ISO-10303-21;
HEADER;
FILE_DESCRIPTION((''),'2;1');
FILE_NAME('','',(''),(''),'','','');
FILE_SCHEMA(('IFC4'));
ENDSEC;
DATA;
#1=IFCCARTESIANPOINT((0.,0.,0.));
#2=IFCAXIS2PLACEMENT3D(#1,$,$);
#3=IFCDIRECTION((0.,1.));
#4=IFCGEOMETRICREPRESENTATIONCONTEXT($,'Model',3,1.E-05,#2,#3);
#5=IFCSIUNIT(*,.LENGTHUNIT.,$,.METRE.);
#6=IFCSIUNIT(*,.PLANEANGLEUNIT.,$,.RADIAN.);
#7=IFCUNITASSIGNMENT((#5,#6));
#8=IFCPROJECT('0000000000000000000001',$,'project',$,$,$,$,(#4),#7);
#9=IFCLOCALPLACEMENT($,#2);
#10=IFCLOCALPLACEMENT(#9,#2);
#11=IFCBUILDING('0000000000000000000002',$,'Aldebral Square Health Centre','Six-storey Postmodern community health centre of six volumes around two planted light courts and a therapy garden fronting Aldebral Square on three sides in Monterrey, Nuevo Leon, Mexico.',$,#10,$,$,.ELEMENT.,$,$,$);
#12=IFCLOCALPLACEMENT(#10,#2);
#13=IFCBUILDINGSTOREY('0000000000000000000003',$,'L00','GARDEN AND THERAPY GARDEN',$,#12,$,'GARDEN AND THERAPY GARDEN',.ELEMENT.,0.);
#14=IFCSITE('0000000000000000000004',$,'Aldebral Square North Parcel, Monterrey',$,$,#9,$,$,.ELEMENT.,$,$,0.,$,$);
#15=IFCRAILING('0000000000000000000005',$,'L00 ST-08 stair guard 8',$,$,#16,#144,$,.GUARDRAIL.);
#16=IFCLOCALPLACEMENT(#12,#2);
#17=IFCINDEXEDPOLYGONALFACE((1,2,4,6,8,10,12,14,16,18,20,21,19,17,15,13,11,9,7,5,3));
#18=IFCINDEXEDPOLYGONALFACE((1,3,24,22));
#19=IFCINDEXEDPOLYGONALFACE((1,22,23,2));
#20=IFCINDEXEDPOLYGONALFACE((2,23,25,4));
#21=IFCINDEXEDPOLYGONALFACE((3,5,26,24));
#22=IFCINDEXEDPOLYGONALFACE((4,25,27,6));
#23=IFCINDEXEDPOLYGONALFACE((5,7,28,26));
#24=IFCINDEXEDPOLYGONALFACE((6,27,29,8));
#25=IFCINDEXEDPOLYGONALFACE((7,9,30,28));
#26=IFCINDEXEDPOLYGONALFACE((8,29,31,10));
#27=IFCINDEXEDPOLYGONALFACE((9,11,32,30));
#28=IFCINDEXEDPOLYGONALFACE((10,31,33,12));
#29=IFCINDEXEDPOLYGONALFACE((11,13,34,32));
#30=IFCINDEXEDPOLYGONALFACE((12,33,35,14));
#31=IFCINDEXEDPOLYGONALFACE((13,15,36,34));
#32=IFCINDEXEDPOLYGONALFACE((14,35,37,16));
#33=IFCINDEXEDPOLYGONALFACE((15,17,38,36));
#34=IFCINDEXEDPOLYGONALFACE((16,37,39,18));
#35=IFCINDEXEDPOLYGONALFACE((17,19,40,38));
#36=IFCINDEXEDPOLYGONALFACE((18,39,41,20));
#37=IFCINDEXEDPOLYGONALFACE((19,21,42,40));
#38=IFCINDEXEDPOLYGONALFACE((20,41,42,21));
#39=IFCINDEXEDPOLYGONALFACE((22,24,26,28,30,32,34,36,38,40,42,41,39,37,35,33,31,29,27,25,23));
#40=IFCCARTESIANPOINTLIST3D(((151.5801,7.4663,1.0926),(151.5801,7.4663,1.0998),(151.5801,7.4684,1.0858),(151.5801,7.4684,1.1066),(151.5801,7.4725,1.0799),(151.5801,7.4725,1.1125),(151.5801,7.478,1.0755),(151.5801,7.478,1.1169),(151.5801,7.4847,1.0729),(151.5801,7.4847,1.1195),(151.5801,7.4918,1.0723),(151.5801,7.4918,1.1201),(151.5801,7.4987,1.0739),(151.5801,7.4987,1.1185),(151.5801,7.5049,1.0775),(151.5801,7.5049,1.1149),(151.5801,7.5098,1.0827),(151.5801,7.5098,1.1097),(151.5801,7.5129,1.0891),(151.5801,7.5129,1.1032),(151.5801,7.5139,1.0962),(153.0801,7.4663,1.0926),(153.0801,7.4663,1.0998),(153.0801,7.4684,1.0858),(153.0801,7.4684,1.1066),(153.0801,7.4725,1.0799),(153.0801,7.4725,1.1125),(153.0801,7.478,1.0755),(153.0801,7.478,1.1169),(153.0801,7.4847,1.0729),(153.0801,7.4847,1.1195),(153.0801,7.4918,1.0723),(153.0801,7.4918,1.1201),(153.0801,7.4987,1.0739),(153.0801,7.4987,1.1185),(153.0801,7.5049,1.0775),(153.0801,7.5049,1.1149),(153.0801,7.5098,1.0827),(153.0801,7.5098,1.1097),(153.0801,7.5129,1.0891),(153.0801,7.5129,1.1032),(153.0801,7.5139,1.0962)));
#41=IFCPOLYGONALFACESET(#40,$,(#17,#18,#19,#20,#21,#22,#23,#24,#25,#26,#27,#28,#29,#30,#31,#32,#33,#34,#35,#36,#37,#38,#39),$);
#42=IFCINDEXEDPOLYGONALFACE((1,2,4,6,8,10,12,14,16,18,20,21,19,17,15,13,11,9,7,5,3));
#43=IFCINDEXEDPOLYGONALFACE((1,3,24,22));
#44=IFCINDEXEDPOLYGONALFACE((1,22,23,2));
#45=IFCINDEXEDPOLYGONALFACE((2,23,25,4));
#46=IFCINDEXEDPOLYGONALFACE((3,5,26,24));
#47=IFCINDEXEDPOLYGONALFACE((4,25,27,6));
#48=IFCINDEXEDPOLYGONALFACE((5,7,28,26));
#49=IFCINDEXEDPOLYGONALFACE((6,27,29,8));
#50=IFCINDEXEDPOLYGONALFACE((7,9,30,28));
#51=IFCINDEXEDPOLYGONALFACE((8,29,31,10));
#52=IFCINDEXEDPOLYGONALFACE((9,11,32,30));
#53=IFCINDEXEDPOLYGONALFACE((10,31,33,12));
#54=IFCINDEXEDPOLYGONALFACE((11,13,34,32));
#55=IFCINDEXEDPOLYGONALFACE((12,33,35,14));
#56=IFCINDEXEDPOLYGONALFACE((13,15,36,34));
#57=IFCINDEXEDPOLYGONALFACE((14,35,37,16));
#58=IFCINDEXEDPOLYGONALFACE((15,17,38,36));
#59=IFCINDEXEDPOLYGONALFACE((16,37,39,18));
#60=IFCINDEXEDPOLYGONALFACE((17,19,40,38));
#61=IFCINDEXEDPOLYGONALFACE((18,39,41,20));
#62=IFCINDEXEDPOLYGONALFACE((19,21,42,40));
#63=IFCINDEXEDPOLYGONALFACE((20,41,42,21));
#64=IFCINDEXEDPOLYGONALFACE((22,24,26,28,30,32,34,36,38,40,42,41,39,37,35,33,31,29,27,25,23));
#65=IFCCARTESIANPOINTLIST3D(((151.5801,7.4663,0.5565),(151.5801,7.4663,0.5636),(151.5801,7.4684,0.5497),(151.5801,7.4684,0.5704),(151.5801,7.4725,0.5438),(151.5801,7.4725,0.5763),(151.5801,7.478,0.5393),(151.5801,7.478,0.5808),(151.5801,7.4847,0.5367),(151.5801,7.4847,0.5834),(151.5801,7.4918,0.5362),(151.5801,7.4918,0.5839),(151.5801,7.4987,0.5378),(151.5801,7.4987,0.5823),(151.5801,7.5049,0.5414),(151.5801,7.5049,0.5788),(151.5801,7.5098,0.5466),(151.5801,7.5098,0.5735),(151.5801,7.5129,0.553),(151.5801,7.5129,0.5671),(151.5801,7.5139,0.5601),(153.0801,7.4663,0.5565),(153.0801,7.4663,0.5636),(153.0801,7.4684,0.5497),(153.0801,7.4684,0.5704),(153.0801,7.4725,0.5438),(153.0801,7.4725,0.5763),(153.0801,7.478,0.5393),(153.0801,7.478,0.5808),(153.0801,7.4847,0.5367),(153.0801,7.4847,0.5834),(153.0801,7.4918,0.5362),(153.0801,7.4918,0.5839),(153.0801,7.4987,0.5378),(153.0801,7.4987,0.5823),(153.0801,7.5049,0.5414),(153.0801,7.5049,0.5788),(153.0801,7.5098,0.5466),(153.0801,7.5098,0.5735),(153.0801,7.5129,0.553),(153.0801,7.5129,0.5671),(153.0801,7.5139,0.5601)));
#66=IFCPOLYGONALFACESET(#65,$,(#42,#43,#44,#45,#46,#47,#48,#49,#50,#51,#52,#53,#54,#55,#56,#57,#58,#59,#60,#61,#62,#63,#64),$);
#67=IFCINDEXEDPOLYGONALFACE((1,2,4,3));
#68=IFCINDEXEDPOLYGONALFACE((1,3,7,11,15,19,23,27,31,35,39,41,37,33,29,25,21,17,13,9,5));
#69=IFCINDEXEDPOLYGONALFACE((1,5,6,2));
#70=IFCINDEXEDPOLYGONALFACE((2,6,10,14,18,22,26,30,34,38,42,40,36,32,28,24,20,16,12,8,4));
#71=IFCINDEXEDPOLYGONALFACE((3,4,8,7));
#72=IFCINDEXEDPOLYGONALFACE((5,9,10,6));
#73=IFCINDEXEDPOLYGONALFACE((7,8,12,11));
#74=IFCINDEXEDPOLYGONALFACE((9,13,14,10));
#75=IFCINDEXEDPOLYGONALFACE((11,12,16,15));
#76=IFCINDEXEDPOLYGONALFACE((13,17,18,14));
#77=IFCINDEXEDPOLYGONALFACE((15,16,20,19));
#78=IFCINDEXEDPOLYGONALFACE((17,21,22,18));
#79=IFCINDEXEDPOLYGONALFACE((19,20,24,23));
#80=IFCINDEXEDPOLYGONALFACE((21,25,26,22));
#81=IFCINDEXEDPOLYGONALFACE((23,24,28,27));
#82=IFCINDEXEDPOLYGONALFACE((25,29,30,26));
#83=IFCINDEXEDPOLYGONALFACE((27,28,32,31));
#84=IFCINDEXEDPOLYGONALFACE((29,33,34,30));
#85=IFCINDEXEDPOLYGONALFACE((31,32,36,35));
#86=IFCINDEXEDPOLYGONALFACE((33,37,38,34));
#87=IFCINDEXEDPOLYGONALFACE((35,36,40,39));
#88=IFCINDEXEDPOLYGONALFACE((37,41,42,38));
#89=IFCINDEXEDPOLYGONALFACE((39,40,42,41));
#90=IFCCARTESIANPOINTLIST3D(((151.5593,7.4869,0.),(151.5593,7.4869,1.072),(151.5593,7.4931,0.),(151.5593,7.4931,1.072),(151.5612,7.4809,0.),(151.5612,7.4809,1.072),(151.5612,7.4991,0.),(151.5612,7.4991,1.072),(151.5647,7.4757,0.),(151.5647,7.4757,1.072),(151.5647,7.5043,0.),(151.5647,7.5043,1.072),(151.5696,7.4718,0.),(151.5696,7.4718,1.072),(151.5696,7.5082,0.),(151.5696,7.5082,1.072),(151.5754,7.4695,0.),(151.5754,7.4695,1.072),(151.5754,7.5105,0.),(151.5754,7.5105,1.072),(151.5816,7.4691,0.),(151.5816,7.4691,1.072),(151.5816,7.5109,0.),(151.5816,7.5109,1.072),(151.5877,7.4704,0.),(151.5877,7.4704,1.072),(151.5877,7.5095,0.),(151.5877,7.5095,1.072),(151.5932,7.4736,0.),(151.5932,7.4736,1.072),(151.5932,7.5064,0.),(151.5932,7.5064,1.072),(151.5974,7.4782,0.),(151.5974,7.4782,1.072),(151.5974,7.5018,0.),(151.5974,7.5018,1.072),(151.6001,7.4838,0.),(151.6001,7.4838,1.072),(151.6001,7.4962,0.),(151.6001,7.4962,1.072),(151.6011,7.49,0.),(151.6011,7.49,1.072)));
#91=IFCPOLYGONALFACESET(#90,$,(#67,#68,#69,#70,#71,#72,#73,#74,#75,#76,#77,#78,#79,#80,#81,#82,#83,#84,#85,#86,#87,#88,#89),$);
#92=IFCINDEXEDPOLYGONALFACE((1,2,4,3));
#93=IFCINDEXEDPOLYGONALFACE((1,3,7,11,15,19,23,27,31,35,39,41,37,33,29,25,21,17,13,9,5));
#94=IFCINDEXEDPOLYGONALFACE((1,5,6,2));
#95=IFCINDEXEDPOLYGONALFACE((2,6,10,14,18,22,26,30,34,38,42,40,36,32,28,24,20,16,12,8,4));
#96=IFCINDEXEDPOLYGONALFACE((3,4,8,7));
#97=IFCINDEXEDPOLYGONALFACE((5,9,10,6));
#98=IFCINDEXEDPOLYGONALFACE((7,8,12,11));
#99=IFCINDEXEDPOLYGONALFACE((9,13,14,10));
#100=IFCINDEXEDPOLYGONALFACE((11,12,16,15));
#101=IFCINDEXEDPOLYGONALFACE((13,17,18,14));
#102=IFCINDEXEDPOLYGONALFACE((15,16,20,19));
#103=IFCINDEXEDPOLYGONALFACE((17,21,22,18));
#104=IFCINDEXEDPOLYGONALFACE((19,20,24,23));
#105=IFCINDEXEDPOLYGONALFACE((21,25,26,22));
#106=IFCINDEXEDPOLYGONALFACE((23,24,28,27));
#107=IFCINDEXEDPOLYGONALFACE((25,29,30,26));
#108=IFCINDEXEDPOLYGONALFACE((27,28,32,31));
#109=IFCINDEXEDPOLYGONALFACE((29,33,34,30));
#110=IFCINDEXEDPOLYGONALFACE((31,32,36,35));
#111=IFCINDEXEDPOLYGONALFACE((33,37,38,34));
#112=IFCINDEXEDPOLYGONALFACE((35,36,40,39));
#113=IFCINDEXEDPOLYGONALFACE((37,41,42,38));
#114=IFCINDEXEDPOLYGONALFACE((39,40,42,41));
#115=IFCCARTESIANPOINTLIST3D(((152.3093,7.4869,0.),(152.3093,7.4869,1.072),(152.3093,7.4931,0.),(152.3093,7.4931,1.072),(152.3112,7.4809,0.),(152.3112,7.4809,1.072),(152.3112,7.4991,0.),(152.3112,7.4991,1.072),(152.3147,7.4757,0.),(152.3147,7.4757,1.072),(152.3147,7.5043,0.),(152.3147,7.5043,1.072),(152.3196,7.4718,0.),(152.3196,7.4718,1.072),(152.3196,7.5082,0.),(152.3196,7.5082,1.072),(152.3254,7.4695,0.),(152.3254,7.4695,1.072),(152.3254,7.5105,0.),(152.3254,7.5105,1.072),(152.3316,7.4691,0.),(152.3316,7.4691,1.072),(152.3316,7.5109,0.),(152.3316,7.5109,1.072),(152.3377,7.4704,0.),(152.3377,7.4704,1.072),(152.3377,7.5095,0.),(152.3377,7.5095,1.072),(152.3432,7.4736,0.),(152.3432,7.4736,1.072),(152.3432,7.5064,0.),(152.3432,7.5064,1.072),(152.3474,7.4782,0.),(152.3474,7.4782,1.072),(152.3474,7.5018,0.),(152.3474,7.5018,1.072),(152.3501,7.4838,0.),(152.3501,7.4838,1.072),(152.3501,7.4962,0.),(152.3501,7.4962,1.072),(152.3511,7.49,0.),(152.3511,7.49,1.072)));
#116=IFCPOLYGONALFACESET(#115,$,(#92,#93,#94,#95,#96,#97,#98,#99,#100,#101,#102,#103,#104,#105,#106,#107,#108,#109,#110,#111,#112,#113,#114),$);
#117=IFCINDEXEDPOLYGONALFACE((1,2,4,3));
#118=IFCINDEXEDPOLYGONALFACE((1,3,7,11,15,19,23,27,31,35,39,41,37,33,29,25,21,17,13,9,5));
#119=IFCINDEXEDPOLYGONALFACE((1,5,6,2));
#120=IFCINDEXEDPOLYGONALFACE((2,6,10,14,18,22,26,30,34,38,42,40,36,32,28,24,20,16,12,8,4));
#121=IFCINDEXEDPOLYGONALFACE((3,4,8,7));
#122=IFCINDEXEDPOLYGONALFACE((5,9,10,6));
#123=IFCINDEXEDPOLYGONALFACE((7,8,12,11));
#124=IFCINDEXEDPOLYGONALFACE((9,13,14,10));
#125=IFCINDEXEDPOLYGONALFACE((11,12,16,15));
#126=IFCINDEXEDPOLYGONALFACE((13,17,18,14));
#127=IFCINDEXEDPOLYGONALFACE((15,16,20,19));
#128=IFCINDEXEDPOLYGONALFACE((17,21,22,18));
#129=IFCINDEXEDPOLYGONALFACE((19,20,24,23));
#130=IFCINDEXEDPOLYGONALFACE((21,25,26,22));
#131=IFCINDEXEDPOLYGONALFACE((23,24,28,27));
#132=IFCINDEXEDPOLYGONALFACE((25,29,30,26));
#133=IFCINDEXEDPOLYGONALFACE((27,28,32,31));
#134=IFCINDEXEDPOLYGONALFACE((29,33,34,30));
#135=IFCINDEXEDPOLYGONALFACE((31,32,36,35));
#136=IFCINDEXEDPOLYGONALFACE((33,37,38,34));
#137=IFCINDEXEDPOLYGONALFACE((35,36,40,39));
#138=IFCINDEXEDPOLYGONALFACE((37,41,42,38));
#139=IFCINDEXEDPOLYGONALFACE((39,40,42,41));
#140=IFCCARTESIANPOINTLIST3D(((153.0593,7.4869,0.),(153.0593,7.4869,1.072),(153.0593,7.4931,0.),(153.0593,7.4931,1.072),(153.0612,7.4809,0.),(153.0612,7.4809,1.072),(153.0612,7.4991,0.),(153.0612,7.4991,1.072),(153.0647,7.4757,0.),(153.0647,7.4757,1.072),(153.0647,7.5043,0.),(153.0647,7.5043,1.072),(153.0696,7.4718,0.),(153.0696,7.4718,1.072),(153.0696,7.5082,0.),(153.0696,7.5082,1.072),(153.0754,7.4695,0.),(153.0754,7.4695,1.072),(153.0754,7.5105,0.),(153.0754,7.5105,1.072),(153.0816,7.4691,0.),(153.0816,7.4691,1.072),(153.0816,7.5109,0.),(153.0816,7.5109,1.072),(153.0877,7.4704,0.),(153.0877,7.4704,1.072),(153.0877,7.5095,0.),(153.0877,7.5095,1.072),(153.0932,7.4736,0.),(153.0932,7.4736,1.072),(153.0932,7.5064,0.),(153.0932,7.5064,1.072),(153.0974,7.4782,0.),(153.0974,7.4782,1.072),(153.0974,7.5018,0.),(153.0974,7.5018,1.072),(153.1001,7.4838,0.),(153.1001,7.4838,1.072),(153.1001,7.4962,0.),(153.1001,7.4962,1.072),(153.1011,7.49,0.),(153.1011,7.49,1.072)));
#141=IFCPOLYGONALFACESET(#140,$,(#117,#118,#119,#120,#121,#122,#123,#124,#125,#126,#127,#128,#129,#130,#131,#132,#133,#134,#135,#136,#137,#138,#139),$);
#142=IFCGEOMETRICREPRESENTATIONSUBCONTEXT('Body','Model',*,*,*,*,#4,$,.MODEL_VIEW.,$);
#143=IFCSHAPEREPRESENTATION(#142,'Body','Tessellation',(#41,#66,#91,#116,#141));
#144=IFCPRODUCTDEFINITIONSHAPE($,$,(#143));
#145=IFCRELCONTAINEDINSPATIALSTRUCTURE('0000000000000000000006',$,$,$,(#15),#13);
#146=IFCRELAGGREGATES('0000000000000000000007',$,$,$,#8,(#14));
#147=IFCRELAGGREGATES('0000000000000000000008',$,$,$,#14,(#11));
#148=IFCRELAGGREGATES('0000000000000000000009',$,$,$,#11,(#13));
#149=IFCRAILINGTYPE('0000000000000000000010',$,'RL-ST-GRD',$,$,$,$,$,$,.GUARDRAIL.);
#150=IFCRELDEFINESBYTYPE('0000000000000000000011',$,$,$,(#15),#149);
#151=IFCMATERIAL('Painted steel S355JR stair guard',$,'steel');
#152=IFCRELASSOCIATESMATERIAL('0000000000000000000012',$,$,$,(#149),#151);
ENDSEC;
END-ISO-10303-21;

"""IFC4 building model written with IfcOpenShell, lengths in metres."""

from ifc_helpers import new_model, si_unit, direction, frame, origin, origin_2d, place, context, subcontext, project, spatial, circle, extrude, material, type_object, element, save


model = new_model("IFC4")

# Units and contexts
model_context = context("Model", 3, precision=1e-05, world=origin(), true_north=direction((0.0, 1.0)))
body_context = subcontext(model_context, "Body", "Model", "MODEL_VIEW")
ifc_project = project(units=[si_unit("LENGTHUNIT", "METRE"), si_unit("PLANEANGLEUNIT", "RADIAN")], contexts=[model_context])

# Site, building, storey
site_placement = place(None, origin())
site = spatial("IfcSite", under=ifc_project, at=site_placement, Name="Aldebral Square North Parcel, Monterrey", CompositionType="ELEMENT", RefElevation=0.0)
building_placement = place(site_placement, origin())
building = spatial("IfcBuilding", under=site, at=building_placement, Name="Aldebral Square Health Centre", Description="Six-storey Postmodern community health centre of six volumes around two planted light courts and a therapy garden fronting Aldebral Square on three sides in Monterrey, Nuevo Leon, Mexico.", CompositionType="ELEMENT")
storey_placement = place(building_placement, origin())
storey = spatial("IfcBuildingStorey", under=building, at=storey_placement, Name="L00", Description="GARDEN AND THERAPY GARDEN", LongName="GARDEN AND THERAPY GARDEN", CompositionType="ELEMENT", Elevation=0.0)

# Railing
ifc_material_1 = material(Name="Painted steel S355JR stair guard", Category="steel")
railing_type_1 = type_object("IfcRailingType", Name="RL-ST-GRD", PredefinedType="GUARDRAIL", material=ifc_material_1)
for number, where, name in (
    (1, (151.5801, 7.49, 0.0), "L00 ST-08 stair guard 8"),
):
    element("IfcRailing", number, at=place(storey_placement, frame(where)), inside=storey, type_object=railing_type_1, Name=name, PredefinedType="GUARDRAIL", context=body_context, shape_type="SweptSolid", body=[
        extrude(circle(Radius=0.0239, at=origin_2d()), frame((0.0, 0.0, 1.0962), z_axis=(1.0, 0.0, 0.0), x_axis=(0.0, 1.0, 0.0)), (0.0, 0.0, 1.0), 1.5),
        extrude(circle(Radius=0.0239, at=origin_2d()), frame((0.0, 0.0, 0.5601), z_axis=(1.0, 0.0, 0.0), x_axis=(0.0, 1.0, 0.0)), (0.0, 0.0, 1.0), 1.5),
        extrude(circle(Radius=0.021, at=origin_2d()), origin(), (0.0, 0.0, 1.0), 1.072),
        extrude(circle(Radius=0.021, at=origin_2d()), frame((0.75, 0.0, 0.0)), (0.0, 0.0, 1.0), 1.072),
        extrude(circle(Radius=0.021, at=origin_2d()), frame((1.5, 0.0, 0.0)), (0.0, 0.0, 1.0), 1.072),
    ])

save(model, "model.ifc")
